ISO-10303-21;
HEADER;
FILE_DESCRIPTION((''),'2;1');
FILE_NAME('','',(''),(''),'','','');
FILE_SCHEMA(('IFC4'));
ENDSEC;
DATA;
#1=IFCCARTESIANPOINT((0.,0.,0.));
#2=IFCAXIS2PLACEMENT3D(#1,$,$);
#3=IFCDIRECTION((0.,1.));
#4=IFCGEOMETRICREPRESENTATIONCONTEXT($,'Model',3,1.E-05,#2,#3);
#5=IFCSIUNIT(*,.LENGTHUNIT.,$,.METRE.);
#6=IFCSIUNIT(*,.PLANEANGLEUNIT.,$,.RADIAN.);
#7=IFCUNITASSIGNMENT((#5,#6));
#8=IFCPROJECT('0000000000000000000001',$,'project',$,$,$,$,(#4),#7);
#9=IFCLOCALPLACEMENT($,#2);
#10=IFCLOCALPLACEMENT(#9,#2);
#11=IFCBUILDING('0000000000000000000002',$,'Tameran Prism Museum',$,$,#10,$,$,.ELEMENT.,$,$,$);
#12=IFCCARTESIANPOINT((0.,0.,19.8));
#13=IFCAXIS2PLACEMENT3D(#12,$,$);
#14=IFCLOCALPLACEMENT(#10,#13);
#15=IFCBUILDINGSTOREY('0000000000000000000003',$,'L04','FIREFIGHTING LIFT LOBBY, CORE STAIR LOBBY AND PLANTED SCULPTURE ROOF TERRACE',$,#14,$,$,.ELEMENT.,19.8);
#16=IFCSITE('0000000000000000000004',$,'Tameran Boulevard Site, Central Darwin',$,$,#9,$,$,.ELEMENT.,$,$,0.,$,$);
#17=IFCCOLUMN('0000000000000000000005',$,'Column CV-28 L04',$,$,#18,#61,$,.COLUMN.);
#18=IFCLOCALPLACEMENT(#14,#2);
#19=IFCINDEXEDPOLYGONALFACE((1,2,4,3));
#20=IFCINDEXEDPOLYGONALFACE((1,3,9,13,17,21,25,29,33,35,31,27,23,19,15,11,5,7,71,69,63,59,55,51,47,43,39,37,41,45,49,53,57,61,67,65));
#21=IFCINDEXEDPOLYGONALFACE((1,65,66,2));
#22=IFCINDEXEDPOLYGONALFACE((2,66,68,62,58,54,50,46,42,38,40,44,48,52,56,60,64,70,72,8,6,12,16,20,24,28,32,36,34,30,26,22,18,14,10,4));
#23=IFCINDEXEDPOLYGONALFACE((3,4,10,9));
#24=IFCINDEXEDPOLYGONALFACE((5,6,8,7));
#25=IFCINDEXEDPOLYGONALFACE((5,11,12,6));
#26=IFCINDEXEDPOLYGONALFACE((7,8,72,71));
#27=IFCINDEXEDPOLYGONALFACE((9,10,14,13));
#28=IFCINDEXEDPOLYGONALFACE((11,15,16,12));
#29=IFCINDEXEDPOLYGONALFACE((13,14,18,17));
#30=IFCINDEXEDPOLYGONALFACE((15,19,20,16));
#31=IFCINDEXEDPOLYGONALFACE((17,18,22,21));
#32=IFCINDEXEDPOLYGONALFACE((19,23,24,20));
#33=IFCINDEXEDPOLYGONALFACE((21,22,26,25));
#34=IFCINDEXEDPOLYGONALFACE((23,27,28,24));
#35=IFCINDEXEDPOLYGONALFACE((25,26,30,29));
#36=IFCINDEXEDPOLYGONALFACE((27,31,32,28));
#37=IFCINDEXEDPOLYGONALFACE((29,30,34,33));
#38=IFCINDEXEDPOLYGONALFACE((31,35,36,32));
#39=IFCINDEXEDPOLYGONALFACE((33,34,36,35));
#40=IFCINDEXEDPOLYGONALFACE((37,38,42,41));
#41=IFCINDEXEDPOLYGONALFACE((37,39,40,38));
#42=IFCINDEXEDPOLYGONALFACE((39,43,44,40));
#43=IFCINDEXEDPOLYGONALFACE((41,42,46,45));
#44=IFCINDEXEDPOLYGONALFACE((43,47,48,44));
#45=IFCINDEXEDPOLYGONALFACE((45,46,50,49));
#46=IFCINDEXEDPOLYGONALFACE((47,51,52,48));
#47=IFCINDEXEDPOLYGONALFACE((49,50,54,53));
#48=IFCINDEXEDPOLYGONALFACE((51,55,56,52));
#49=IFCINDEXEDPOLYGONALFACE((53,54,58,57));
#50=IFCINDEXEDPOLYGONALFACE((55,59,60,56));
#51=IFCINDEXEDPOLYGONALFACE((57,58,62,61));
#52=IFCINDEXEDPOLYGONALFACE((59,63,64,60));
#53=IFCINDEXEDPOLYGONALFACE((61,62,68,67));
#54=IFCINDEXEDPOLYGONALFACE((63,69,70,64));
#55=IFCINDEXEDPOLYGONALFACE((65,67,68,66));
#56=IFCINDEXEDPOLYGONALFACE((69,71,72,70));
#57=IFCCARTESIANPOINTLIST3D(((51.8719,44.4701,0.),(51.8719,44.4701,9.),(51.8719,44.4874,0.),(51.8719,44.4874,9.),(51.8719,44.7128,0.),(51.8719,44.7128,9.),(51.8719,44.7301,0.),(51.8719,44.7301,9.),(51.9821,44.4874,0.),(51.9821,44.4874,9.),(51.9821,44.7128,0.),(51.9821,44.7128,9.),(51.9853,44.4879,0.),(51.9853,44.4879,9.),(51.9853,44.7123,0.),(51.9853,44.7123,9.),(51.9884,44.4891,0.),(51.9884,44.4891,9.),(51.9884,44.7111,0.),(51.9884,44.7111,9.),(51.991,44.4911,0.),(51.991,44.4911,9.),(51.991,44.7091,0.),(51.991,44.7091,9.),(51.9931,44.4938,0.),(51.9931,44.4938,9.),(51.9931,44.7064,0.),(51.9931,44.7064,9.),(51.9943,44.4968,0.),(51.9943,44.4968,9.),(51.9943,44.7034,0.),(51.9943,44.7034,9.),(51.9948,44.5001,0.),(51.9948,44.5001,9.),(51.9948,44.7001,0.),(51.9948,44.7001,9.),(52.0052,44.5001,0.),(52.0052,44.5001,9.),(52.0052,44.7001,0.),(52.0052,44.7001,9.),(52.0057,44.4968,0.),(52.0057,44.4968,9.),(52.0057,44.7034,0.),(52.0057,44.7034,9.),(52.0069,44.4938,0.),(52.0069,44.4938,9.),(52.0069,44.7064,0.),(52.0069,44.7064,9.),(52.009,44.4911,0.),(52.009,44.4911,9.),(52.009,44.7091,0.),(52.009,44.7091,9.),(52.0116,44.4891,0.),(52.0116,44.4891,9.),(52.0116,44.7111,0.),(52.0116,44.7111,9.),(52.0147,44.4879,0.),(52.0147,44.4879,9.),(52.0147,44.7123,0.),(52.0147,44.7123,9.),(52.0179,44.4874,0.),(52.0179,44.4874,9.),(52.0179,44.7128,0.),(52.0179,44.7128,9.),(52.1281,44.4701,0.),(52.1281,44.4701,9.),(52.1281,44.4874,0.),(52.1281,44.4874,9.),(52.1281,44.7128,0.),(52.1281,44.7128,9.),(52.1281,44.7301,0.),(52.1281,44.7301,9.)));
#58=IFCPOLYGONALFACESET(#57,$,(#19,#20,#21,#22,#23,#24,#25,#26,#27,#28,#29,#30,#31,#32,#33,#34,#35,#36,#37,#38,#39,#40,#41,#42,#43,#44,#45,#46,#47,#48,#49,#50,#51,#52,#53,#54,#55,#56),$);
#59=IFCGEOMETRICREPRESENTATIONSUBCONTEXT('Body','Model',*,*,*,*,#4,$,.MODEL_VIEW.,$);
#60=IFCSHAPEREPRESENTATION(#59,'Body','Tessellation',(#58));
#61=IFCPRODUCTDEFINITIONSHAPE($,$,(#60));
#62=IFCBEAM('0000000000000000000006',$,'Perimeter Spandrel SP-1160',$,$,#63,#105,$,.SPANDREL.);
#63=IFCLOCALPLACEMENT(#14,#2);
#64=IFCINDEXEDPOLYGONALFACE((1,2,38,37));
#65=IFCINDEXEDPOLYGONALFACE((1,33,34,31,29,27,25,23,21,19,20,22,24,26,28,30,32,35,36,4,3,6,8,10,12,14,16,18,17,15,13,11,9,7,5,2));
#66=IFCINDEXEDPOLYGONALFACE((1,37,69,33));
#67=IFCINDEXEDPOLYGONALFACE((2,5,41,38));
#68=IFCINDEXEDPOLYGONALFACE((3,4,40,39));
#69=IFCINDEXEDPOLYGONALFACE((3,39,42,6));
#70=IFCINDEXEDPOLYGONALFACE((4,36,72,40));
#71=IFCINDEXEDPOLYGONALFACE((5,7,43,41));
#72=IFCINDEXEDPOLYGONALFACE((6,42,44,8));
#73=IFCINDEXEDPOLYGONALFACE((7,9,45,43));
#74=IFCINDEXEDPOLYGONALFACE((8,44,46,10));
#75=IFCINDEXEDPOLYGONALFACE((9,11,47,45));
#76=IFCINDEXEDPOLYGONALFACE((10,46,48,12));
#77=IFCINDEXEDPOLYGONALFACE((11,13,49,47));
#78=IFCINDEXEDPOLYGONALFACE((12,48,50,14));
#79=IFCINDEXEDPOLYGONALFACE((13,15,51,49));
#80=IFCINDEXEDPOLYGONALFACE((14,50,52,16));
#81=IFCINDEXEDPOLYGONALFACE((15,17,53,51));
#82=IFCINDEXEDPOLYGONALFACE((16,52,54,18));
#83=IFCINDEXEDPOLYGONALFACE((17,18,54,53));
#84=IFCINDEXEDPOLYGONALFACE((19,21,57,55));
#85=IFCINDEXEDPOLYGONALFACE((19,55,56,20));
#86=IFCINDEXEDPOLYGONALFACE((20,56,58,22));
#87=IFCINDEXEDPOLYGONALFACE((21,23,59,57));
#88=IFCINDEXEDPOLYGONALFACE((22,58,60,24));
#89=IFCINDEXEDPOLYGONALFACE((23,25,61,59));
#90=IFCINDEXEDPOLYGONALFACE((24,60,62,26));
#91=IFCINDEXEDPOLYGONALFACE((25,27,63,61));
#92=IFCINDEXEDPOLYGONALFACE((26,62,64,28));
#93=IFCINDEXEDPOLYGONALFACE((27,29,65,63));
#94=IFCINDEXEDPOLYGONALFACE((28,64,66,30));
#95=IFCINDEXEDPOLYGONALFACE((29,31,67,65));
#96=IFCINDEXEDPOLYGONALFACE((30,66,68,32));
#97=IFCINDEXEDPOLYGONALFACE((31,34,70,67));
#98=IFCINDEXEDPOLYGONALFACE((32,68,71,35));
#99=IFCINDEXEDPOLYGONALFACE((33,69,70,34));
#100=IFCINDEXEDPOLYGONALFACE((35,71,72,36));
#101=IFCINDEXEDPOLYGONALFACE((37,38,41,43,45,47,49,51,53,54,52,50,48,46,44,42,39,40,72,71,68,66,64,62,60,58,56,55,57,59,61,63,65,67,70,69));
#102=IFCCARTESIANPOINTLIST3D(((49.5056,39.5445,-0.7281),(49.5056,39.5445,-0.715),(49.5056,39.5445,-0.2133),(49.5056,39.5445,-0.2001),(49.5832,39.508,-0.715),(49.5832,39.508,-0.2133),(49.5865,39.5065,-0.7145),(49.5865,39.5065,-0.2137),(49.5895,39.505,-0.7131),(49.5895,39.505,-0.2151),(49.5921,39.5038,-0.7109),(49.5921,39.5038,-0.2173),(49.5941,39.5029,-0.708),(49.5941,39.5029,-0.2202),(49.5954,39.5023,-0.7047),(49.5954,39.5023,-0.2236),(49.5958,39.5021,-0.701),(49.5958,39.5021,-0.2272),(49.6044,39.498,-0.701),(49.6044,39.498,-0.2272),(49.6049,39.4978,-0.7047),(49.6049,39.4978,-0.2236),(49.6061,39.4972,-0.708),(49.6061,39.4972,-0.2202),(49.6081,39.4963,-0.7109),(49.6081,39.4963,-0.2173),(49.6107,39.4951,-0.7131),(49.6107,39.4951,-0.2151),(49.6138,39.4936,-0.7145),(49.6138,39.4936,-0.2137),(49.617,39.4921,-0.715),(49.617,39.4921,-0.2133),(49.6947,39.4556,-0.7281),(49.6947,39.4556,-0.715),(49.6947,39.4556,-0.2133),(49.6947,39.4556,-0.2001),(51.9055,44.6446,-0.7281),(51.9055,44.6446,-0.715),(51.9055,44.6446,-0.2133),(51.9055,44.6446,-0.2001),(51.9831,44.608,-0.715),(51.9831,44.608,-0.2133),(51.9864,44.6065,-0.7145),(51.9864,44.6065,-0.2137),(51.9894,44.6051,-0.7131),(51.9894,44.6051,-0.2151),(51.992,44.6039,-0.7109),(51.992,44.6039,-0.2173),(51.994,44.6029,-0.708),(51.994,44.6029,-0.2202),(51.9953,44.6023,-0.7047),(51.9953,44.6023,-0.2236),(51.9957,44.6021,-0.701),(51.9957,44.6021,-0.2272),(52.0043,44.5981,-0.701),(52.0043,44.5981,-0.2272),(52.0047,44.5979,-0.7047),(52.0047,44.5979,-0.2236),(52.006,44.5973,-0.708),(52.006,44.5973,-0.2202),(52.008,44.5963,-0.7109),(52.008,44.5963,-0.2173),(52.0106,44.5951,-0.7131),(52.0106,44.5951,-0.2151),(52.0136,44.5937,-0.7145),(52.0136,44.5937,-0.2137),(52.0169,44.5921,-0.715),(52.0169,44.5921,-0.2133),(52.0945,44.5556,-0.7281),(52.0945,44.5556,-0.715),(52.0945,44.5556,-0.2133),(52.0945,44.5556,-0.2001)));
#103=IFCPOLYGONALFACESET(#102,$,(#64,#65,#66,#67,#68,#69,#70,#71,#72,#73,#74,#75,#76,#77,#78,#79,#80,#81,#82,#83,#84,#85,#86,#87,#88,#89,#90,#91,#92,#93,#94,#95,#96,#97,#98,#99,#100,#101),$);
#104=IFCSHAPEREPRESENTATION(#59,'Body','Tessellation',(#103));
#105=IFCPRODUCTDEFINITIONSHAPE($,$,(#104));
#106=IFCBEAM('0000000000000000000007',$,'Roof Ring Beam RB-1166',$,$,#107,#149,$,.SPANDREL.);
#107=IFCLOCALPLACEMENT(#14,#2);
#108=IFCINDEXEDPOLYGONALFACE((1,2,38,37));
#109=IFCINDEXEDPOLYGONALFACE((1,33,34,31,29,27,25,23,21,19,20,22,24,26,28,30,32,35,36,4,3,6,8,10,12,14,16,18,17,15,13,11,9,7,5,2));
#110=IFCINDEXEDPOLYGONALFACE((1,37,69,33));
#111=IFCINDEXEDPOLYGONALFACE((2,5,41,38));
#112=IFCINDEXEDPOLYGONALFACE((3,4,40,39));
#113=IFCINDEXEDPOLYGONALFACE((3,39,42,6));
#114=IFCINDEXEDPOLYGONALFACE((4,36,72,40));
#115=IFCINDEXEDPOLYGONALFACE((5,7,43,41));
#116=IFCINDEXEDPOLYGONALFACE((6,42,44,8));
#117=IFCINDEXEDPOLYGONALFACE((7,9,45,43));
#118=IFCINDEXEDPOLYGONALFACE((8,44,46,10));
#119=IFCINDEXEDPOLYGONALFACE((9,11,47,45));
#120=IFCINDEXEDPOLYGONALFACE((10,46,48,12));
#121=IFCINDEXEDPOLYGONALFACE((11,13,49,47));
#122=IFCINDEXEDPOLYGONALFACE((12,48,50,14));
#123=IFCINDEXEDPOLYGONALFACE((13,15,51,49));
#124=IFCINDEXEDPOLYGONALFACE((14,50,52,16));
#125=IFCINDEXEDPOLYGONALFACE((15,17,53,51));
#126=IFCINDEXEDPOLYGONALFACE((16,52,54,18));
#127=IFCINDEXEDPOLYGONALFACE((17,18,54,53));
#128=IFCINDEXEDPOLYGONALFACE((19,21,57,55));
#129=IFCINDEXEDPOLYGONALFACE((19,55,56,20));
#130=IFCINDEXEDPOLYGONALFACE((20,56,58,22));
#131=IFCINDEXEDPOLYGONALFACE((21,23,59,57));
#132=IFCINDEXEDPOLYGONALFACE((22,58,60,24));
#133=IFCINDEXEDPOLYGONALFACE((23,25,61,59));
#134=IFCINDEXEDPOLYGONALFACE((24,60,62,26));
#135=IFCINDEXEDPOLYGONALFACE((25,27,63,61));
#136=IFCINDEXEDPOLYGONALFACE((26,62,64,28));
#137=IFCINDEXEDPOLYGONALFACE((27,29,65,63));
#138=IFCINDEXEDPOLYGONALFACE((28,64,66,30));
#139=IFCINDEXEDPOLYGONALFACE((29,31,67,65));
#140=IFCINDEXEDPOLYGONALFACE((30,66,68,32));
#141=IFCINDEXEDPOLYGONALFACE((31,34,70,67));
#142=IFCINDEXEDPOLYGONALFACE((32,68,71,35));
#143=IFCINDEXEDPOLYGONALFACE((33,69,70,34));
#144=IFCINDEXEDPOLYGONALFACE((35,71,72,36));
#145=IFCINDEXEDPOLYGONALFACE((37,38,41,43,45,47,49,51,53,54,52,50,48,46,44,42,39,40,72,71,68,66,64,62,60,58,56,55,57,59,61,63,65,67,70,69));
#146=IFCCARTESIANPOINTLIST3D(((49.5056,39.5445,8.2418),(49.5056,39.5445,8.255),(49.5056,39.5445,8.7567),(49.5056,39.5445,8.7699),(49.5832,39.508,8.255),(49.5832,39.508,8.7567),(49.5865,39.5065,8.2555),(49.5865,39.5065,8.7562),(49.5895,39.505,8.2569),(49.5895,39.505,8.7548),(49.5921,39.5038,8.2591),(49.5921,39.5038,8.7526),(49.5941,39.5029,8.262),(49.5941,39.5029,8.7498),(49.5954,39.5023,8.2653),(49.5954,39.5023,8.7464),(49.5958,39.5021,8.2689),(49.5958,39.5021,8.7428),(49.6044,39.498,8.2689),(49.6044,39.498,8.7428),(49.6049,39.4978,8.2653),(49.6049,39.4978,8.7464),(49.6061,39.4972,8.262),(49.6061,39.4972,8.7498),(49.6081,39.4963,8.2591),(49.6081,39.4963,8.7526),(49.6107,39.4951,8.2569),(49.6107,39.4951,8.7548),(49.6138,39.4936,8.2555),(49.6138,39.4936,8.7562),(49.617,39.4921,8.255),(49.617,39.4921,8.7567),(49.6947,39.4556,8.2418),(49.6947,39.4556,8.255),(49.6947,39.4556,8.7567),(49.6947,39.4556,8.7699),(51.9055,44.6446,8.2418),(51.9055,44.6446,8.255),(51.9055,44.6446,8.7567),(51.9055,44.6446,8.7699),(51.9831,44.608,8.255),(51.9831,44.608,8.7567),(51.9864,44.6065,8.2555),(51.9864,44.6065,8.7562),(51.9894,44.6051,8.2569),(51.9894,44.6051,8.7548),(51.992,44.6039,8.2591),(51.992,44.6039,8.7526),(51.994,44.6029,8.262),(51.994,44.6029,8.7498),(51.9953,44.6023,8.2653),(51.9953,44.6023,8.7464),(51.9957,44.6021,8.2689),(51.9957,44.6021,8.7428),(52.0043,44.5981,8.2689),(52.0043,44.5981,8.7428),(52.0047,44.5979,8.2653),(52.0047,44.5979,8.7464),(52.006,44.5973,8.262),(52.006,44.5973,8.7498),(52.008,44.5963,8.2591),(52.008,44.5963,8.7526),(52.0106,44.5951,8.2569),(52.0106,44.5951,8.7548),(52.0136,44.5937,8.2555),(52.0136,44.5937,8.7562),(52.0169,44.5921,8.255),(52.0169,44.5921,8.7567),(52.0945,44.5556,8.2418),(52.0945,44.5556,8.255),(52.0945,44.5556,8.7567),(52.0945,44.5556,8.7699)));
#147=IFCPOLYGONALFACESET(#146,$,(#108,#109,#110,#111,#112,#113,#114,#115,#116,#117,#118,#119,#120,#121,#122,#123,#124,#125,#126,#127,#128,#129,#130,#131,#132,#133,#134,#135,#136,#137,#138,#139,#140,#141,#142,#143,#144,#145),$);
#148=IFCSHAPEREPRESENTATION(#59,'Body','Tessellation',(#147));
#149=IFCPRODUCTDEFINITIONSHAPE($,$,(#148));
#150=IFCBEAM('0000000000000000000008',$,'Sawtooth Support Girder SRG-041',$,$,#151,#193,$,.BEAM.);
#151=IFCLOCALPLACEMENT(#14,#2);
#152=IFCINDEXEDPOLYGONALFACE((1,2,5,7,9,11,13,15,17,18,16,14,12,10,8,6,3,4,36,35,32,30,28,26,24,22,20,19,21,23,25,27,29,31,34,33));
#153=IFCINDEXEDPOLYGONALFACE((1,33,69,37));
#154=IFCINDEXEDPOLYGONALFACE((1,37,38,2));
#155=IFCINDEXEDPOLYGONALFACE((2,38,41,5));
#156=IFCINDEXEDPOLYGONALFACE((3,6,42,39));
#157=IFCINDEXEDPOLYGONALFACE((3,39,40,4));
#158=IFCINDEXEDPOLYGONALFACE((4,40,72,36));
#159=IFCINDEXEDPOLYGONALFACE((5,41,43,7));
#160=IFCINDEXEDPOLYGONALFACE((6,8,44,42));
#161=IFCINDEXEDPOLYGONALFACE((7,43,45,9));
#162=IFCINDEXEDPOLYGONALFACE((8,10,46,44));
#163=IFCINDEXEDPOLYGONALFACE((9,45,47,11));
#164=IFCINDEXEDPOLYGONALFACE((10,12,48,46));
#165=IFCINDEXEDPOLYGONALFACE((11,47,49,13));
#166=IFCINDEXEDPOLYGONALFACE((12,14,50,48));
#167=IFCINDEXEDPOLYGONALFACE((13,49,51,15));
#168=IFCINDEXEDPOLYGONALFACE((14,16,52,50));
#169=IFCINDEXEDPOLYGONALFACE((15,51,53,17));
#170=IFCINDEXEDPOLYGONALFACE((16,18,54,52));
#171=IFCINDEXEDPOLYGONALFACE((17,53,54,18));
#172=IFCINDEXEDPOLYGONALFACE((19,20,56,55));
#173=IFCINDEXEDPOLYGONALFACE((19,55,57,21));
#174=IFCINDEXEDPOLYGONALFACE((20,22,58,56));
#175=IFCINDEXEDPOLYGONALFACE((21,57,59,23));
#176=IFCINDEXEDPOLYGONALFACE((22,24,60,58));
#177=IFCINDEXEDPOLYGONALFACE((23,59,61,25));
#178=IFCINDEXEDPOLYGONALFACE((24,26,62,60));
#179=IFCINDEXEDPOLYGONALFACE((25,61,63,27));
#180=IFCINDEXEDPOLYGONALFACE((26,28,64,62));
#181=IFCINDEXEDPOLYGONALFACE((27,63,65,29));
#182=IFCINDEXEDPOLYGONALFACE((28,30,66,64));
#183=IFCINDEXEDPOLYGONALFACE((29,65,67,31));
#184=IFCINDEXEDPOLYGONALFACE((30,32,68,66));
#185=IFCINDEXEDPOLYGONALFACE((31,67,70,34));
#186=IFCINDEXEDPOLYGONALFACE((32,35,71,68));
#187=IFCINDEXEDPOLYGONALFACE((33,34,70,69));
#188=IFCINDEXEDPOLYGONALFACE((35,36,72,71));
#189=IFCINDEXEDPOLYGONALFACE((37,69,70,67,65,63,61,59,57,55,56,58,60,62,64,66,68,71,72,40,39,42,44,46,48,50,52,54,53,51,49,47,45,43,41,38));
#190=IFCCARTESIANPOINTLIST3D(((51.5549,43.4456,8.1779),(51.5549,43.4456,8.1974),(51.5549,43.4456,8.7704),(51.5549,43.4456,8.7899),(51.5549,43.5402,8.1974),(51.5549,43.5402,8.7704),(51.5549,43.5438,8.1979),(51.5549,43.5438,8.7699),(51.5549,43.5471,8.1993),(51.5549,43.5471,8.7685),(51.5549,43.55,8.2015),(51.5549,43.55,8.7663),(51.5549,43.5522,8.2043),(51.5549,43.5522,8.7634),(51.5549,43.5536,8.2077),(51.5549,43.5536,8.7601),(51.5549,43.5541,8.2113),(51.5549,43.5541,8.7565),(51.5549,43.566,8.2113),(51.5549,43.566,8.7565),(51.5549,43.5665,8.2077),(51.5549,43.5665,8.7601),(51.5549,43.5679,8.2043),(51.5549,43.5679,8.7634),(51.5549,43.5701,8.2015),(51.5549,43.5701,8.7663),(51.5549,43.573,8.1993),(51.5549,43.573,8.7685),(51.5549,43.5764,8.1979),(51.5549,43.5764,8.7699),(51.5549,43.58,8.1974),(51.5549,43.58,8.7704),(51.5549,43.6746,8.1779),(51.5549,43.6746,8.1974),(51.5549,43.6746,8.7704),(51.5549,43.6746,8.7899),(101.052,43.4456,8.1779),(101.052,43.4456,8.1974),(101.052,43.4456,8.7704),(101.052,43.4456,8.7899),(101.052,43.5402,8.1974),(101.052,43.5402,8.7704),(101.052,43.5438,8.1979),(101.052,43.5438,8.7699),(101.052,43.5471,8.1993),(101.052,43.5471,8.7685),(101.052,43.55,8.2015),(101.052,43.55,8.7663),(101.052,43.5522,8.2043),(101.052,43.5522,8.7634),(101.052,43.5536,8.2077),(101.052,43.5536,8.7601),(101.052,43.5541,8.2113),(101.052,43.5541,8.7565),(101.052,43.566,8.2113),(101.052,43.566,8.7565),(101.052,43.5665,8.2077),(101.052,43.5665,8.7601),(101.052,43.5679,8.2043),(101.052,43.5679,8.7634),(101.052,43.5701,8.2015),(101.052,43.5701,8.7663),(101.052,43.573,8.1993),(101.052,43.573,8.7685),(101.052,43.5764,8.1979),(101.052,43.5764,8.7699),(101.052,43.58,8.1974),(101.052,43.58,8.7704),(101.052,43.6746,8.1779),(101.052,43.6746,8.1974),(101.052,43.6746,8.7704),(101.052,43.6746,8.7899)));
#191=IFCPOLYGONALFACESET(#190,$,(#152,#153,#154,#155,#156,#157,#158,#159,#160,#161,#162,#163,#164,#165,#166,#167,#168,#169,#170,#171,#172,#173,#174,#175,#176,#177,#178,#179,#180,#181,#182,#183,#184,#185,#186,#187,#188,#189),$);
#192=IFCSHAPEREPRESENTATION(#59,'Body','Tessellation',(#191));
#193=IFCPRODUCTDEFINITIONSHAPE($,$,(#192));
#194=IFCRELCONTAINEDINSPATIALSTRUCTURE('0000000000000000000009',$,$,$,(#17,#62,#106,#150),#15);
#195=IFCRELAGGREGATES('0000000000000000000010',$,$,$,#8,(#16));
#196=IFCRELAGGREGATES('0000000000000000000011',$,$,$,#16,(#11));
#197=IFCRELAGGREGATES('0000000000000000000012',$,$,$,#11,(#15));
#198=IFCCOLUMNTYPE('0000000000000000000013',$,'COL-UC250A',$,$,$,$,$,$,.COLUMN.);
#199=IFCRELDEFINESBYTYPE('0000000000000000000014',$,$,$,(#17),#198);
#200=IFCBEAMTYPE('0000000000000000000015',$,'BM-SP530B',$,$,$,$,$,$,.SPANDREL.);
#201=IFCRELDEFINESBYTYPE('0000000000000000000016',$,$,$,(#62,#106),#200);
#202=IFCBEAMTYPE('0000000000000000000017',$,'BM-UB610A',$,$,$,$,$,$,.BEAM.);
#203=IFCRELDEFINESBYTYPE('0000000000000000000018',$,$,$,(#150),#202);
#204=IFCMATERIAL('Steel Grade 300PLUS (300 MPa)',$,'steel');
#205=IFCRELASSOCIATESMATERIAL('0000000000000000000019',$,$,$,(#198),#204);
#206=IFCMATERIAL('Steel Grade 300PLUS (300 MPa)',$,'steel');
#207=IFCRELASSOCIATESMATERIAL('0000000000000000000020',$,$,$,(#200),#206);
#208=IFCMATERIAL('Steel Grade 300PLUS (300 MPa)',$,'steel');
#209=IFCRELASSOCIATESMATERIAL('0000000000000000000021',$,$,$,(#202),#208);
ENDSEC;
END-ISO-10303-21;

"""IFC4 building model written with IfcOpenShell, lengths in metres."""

from ifc_helpers import new_model, si_unit, direction, frame, origin, origin_2d, place, context, subcontext, project, spatial, i_section, extrude, material, material_profile, profile_set, type_object, element, save


model = new_model("IFC4")

# Units and contexts
model_context = context("Model", 3, precision=1e-05, world=origin(), true_north=direction((0.0, 1.0)))
body_context = subcontext(model_context, "Body", "Model", "MODEL_VIEW")
ifc_project = project(units=[si_unit("LENGTHUNIT", "METRE"), si_unit("PLANEANGLEUNIT", "RADIAN")], contexts=[model_context])

# Site, building, storey
site_placement = place(None, origin())
site = spatial("IfcSite", under=ifc_project, at=site_placement, Name="Tameran Boulevard Site, Central Darwin", CompositionType="ELEMENT", RefElevation=0.0)
building_placement = place(site_placement, origin())
building = spatial("IfcBuilding", under=site, at=building_placement, Name="Tameran Prism Museum", CompositionType="ELEMENT")
storey_placement = place(building_placement, frame((0.0, 0.0, 19.8)))
storey = spatial("IfcBuildingStorey", under=building, at=storey_placement, Name="L04", Description="FIREFIGHTING LIFT LOBBY, CORE STAIR LOBBY AND PLANTED SCULPTURE ROOF TERRACE", CompositionType="ELEMENT", Elevation=19.8)

# Column
ifc_material_1 = material(Name="Steel Grade 300PLUS (300 MPa)", Category="steel")
ifc_material_profile_1 = material_profile(ifc_material_1, i_section(OverallWidth=0.2561, OverallDepth=0.26, WebThickness=0.0105, FlangeThickness=0.0173, FilletRadius=0.0127, at=origin_2d()))
ifc_profile_set_1 = profile_set([ifc_material_profile_1])
column_type = type_object("IfcColumnType", Name="COL-UC250A", PredefinedType="COLUMN", material=ifc_profile_set_1)
column_placement = place(storey_placement, frame((52.0, 44.6001, 0.0), z_axis=(0.0, 0.0, 1.0), x_axis=(1.0, 0.0, 0.0)))
element("IfcColumn", 1, at=column_placement, inside=storey, type_object=column_type, Name="Column CV-28 L04", PredefinedType="COLUMN", context=body_context, shape_type="SweptSolid", body=[
    extrude(i_section(OverallWidth=0.2561, OverallDepth=0.26, WebThickness=0.0105, FlangeThickness=0.0173, FilletRadius=0.0127, at=origin_2d()), origin(), (0.0, 0.0, 1.0), 9.0),
])

# Beams
ifc_material_2 = material(Name="Steel Grade 300PLUS (300 MPa)", Category="steel")
ifc_material_profile_2 = material_profile(ifc_material_2, i_section(OverallWidth=0.209, OverallDepth=0.5281, WebThickness=0.0095, FlangeThickness=0.0132, FilletRadius=0.0139, at=origin_2d()))
ifc_profile_set_2 = profile_set([ifc_material_profile_2])
beam_type_1 = type_object("IfcBeamType", Name="BM-SP530B", PredefinedType="SPANDREL", material=ifc_profile_set_2)
for number, where, z_axis, x_axis, name in (
    (2, (52.0, 44.6001, -0.4641), (-0.425776, -0.904829, 0.0), (0.904829, -0.425776, 0.0), "Perimeter Spandrel SP-1160"),
    (3, (52.0, 44.6001, 8.5059), (-0.425776, -0.904829, 0.0), (0.904829, -0.425776, 0.0), "Roof Ring Beam RB-1166"),
):
    element("IfcBeam", number, at=place(storey_placement, frame(where, z_axis=z_axis, x_axis=x_axis)), inside=storey, type_object=beam_type_1, Name=name, PredefinedType="SPANDREL", context=body_context, shape_type="SweptSolid", body=[
        extrude(i_section(OverallWidth=0.209, OverallDepth=0.5281, WebThickness=0.0095, FlangeThickness=0.0132, FilletRadius=0.0139, at=origin_2d()), origin(), (0.0, 0.0, 1.0), 5.6365),
    ])
ifc_material_3 = material(Name="Steel Grade 300PLUS (300 MPa)", Category="steel")
ifc_material_profile_3 = material_profile(ifc_material_3, i_section(OverallWidth=0.229, OverallDepth=0.6121, WebThickness=0.012, FlangeThickness=0.0195, FilletRadius=0.0139, at=origin_2d()))
ifc_profile_set_3 = profile_set([ifc_material_profile_3])
beam_type_2 = type_object("IfcBeamType", Name="BM-UB610A", PredefinedType="BEAM", material=ifc_profile_set_3)
beam_1_placement = place(storey_placement, frame((51.5549, 43.5601, 8.4839), z_axis=(1.0, 0.0, 0.0), x_axis=(0.0, 1.0, 0.0)))
element("IfcBeam", 4, at=beam_1_placement, inside=storey, type_object=beam_type_2, Name="Sawtooth Support Girder SRG-041", PredefinedType="BEAM", context=body_context, shape_type="SweptSolid", body=[
    extrude(i_section(OverallWidth=0.229, OverallDepth=0.6121, WebThickness=0.012, FlangeThickness=0.0195, FilletRadius=0.0139, at=origin_2d()), origin(), (0.0, 0.0, 1.0), 49.4971),
])

save(model, "model.ifc")
